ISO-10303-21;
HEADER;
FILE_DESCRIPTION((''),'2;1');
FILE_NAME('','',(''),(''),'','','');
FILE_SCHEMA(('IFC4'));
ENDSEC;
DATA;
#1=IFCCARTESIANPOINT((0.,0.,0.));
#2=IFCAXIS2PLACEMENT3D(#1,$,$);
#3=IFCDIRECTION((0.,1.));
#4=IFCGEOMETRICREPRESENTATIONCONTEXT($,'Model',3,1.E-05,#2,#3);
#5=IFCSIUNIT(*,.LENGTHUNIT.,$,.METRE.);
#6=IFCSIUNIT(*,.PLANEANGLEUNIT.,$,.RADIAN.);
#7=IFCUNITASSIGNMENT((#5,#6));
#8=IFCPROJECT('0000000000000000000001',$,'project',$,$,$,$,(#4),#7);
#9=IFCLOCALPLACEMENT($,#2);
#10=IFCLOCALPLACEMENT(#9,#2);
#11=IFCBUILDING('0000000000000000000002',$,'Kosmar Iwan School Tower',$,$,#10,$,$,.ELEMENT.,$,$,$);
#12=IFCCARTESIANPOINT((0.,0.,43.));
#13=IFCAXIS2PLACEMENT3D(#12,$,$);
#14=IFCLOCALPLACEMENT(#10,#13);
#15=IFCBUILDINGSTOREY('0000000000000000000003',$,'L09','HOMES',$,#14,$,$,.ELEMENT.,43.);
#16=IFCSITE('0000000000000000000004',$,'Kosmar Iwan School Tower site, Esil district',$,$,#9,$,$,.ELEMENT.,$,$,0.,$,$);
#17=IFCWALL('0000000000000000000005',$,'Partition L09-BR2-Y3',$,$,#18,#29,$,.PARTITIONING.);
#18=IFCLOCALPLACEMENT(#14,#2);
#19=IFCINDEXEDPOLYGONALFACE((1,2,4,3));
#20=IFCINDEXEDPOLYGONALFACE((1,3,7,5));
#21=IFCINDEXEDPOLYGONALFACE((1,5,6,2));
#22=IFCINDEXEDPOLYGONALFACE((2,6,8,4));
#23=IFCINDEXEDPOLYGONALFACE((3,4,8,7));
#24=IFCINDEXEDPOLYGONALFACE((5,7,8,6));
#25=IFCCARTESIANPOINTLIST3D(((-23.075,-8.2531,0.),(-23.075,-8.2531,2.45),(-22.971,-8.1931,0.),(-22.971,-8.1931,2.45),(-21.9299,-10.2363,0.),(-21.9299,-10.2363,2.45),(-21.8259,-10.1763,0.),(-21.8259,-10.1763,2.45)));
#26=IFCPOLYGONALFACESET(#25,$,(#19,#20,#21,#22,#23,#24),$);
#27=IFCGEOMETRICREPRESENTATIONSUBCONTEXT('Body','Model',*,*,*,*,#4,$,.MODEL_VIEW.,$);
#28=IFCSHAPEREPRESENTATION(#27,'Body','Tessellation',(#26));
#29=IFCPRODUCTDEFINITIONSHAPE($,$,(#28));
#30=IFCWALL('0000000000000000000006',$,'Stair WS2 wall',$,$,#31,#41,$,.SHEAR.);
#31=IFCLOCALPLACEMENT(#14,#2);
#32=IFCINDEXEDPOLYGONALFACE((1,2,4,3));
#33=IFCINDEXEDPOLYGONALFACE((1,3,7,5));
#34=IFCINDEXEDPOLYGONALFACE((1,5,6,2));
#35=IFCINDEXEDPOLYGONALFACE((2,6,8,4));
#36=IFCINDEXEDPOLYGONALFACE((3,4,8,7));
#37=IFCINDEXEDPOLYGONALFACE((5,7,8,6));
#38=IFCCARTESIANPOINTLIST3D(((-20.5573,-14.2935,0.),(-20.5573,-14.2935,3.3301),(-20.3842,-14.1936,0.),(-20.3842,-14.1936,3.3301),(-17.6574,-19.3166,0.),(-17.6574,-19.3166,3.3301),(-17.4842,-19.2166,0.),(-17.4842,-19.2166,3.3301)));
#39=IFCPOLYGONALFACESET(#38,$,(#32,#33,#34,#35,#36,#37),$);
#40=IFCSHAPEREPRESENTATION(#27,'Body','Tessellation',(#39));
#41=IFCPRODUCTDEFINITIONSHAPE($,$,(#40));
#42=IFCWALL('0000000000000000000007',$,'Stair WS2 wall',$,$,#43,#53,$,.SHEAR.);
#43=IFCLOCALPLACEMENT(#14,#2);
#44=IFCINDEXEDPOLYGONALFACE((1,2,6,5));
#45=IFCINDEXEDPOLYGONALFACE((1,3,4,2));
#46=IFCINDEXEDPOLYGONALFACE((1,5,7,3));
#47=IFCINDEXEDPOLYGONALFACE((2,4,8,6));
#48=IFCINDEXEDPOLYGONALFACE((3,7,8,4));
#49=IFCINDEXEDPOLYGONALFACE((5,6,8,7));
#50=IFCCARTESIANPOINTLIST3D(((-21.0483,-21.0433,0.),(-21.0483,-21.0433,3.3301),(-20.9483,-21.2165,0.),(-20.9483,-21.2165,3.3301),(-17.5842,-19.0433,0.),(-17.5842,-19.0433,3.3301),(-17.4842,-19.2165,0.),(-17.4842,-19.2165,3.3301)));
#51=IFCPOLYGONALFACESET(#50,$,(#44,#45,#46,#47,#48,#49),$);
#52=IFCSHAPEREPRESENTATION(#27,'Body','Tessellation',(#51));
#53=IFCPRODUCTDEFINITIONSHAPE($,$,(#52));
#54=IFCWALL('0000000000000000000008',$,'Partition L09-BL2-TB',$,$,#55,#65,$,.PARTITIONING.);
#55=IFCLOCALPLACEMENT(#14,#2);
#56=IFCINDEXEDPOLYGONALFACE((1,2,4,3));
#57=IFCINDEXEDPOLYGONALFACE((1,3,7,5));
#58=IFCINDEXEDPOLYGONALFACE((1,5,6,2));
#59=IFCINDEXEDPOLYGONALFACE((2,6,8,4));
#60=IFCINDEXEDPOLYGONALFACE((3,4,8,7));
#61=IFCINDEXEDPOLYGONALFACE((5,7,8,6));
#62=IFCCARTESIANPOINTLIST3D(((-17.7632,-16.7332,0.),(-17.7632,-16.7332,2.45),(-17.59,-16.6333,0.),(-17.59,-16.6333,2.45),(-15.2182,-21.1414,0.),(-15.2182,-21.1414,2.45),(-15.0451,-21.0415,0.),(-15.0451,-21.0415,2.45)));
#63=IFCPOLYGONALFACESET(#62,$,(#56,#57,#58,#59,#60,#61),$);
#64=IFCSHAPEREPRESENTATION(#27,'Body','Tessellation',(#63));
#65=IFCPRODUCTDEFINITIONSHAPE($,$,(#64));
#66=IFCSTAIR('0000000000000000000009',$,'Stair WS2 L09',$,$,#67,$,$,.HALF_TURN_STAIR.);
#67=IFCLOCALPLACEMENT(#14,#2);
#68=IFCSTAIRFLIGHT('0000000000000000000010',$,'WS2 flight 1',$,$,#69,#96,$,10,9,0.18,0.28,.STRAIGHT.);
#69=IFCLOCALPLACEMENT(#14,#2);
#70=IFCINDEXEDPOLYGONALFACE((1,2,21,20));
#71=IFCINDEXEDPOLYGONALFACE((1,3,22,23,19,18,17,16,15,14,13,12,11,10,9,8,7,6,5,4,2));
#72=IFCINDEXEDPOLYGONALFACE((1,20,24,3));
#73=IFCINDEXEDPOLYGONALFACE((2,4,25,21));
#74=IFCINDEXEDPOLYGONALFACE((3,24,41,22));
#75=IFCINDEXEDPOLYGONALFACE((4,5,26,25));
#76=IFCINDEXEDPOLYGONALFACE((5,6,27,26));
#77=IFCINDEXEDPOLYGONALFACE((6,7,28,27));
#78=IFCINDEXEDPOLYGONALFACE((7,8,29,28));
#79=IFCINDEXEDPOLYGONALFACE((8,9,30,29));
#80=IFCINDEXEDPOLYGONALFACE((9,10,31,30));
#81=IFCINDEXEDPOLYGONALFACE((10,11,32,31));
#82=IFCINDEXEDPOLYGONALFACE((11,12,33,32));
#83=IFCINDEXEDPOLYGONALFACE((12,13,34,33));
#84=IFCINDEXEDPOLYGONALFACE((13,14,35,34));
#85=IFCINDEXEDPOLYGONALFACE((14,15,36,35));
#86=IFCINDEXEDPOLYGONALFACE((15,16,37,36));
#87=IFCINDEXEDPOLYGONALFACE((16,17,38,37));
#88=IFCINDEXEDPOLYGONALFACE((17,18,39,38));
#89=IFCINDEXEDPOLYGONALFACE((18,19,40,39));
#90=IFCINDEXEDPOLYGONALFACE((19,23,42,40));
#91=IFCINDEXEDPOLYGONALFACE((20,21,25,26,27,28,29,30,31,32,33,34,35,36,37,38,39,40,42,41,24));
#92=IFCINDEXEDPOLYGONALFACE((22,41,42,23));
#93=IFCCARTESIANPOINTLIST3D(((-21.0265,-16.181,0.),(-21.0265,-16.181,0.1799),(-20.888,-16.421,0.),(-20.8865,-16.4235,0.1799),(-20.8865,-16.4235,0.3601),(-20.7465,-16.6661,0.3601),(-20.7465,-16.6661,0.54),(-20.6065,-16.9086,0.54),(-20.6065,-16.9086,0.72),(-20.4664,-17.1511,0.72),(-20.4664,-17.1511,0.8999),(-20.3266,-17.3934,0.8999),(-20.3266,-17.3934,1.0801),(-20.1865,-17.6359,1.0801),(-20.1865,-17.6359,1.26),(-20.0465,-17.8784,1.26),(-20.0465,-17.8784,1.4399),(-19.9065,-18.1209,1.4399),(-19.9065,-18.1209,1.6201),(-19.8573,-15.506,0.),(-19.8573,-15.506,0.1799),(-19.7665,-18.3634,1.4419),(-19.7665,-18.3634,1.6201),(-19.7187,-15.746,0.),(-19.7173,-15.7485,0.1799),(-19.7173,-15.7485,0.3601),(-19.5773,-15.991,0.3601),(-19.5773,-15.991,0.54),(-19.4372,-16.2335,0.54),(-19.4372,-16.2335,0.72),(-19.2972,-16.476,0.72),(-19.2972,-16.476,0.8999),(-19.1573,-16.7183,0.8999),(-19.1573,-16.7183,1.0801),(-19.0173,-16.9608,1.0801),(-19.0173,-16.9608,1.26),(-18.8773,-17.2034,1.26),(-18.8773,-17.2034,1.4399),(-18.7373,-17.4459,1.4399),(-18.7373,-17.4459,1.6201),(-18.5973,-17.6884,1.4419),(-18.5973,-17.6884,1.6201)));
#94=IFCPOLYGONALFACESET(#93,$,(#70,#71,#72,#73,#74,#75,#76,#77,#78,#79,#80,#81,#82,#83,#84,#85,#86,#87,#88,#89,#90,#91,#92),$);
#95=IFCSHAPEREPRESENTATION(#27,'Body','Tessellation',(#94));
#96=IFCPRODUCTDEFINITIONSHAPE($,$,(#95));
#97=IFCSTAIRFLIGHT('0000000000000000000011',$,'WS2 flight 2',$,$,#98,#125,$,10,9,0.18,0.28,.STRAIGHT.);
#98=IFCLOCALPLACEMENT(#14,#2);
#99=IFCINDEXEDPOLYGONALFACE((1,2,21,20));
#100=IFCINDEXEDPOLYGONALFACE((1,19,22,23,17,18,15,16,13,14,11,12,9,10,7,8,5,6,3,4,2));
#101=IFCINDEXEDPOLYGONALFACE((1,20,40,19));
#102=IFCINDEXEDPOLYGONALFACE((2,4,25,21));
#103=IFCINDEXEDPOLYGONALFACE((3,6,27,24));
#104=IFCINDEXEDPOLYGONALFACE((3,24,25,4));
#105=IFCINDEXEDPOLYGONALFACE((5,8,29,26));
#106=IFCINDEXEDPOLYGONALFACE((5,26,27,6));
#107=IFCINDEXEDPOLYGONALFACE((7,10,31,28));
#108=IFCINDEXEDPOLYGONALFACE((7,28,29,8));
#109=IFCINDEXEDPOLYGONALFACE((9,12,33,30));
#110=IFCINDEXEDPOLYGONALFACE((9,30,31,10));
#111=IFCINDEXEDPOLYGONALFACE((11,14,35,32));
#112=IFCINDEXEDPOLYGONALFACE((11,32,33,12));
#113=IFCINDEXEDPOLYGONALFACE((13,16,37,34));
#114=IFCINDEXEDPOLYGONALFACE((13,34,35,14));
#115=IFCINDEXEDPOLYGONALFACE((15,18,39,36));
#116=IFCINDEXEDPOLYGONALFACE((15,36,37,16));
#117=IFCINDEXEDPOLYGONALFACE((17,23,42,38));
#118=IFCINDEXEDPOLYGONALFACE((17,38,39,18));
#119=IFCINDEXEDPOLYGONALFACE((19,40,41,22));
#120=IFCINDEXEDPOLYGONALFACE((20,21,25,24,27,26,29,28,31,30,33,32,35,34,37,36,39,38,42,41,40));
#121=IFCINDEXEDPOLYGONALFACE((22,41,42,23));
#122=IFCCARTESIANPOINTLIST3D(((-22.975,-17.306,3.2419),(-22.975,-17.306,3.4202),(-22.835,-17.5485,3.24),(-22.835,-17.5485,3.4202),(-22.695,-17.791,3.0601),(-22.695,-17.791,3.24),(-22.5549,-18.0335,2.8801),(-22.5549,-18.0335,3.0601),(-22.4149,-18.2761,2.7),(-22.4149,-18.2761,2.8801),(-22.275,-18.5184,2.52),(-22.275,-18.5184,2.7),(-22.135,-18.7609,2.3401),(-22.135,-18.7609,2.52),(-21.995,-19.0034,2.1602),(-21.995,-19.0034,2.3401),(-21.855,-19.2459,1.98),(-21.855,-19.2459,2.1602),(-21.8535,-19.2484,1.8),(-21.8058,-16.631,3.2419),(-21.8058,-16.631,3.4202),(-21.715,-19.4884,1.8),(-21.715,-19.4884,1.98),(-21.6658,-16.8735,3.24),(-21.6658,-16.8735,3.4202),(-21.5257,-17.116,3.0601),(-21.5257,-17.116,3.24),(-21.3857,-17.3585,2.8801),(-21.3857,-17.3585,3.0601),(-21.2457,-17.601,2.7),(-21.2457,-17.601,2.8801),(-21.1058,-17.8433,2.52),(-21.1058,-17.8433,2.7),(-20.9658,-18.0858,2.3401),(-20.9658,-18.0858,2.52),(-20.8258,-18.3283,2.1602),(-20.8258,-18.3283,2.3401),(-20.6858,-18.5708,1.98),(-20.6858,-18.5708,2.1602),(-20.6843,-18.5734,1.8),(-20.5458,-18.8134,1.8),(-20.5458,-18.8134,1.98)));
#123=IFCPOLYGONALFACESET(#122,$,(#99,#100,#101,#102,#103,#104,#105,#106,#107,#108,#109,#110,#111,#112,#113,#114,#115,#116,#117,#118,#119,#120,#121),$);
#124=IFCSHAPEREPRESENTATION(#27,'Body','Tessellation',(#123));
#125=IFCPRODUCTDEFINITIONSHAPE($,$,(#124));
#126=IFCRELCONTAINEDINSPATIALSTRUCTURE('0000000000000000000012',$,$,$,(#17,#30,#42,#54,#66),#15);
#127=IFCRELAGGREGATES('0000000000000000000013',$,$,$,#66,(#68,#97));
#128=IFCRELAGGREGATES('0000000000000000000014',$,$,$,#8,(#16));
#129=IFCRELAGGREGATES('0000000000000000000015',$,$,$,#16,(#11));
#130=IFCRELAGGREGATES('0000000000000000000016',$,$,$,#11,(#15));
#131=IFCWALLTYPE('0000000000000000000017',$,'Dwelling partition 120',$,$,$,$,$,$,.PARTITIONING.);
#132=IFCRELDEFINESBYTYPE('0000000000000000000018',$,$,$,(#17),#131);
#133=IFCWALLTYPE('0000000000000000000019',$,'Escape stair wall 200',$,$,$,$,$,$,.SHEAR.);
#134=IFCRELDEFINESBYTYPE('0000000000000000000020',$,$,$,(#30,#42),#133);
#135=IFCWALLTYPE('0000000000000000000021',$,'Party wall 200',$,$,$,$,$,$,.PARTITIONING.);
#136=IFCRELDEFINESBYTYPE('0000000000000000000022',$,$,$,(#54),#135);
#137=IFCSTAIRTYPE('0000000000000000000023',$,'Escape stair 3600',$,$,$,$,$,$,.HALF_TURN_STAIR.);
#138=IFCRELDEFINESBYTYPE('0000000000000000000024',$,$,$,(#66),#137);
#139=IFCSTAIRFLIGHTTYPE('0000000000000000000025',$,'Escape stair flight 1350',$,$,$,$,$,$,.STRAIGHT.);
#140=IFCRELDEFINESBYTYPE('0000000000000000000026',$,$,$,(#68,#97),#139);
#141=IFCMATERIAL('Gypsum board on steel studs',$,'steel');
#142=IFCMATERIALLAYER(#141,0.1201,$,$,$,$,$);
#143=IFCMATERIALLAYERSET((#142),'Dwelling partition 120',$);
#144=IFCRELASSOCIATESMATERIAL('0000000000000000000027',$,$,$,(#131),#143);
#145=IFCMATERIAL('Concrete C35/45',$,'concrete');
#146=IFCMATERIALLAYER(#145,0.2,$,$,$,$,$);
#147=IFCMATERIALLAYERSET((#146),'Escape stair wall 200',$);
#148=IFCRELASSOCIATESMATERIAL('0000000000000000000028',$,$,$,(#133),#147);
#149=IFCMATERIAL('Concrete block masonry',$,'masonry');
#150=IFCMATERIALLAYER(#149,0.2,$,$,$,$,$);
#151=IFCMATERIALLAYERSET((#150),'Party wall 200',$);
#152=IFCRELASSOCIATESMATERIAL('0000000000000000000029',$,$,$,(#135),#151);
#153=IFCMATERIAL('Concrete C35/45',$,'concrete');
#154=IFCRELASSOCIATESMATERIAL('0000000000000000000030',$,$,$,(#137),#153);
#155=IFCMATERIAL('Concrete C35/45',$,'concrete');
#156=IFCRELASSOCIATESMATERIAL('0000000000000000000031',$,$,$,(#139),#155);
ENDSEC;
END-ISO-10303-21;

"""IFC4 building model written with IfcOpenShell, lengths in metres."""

from ifc_helpers import new_model, si_unit, direction, frame, frame_2d, origin, place, context, subcontext, project, spatial, polyline, rectangle, outline, extrude, material, layer, layer_set, type_object, element, aggregate, save


model = new_model("IFC4")

# Units and contexts
model_context = context("Model", 3, precision=1e-05, world=origin(), true_north=direction((0.0, 1.0)))
body_context = subcontext(model_context, "Body", "Model", "MODEL_VIEW")
ifc_project = project(units=[si_unit("LENGTHUNIT", "METRE"), si_unit("PLANEANGLEUNIT", "RADIAN")], contexts=[model_context])

# Site, building, storey
site_placement = place(None, origin())
site = spatial("IfcSite", under=ifc_project, at=site_placement, Name="Kosmar Iwan School Tower site, Esil district", CompositionType="ELEMENT", RefElevation=0.0)
building_placement = place(site_placement, origin())
building = spatial("IfcBuilding", under=site, at=building_placement, Name="Kosmar Iwan School Tower", CompositionType="ELEMENT")
storey_placement = place(building_placement, frame((0.0, 0.0, 43.0)))
storey = spatial("IfcBuildingStorey", under=building, at=storey_placement, Name="L09", Description="HOMES", CompositionType="ELEMENT", Elevation=43.0)

# Shared definitions
ifc_material_1 = material(Name="Gypsum board on steel studs", Category="steel")
ifc_layer_1 = layer(ifc_material_1, 0.1201)
ifc_layer_set_1 = layer_set([ifc_layer_1], Name="Dwelling partition 120")
wall_type_1 = type_object("IfcWallType", Name="Dwelling partition 120", PredefinedType="PARTITIONING", material=ifc_layer_set_1)

# Walls
wall_1_placement = place(storey_placement, frame((-21.8779, -10.2063, 0.0), z_axis=(0.0, 0.0, 1.0), x_axis=(-0.500015, 0.866017, 0.0)))
element("IfcWall", 1, at=wall_1_placement, inside=storey, type_object=wall_type_1, Name="Partition L09-BR2-Y3", PredefinedType="PARTITIONING", context=body_context, shape_type="SweptSolid", body=[
    extrude(rectangle(XDim=2.29, YDim=0.1201, at=frame_2d((1.145, 0.0))), origin(), (0.0, 0.0, 1.0), 2.45),
])
ifc_material_2 = material(Name="Concrete C35/45", Category="concrete")
ifc_layer_2 = layer(ifc_material_2, 0.2)
ifc_layer_set_2 = layer_set([ifc_layer_2], Name="Escape stair wall 200")
wall_type_2 = type_object("IfcWallType", Name="Escape stair wall 200", PredefinedType="SHEAR", material=ifc_layer_set_2)
wall_2_placement = place(storey_placement, frame((-20.4707, -14.2437, 0.0), z_axis=(0.0, 0.0, 1.0), x_axis=(0.499987, -0.866033, 0.0)))
element("IfcWall", 2, at=wall_2_placement, inside=storey, type_object=wall_type_2, Name="Stair WS2 wall", PredefinedType="SHEAR", context=body_context, shape_type="SweptSolid", body=[
    extrude(rectangle(XDim=5.8, YDim=0.2, at=frame_2d((2.8999, 0.0))), origin(), (0.0, 0.0, 1.0), 3.3301),
])
wall_3_placement = place(storey_placement, frame((-17.5342, -19.1299, 0.0), z_axis=(0.0, 0.0, 1.0), x_axis=(-0.866026, -0.499999, 0.0)))
element("IfcWall", 3, at=wall_3_placement, inside=storey, type_object=wall_type_2, Name="Stair WS2 wall", PredefinedType="SHEAR", context=body_context, shape_type="SweptSolid", body=[
    extrude(rectangle(XDim=4.0, YDim=0.2, at=frame_2d((2.0, 0.0))), origin(), (0.0, 0.0, 1.0), 3.3301),
])
ifc_material_3 = material(Name="Concrete block masonry", Category="masonry")
ifc_layer_3 = layer(ifc_material_3, 0.2)
ifc_layer_set_3 = layer_set([ifc_layer_3], Name="Party wall 200")
wall_type_3 = type_object("IfcWallType", Name="Party wall 200", PredefinedType="PARTITIONING", material=ifc_layer_set_3)
wall_4_placement = place(storey_placement, frame((-17.6765, -16.6833, 0.0), z_axis=(0.0, 0.0, 1.0), x_axis=(0.499977, -0.866039, 0.0)))
element("IfcWall", 4, at=wall_4_placement, inside=storey, type_object=wall_type_3, Name="Partition L09-BL2-TB", PredefinedType="PARTITIONING", context=body_context, shape_type="SweptSolid", body=[
    extrude(rectangle(XDim=5.0901, YDim=0.2, at=frame_2d((2.5449, 0.0))), origin(), (0.0, 0.0, 1.0), 2.45),
])

# Stair, stair flights
ifc_material_4 = material(Name="Concrete C35/45", Category="concrete")
stair_type = type_object("IfcStairType", Name="Escape stair 3600", PredefinedType="HALF_TURN_STAIR", material=ifc_material_4)
stair_placement = place(storey_placement, origin())
stair = element("IfcStair", 5, at=stair_placement, inside=storey, type_object=stair_type, Name="Stair WS2 L09", PredefinedType="HALF_TURN_STAIR")
ifc_material_5 = material(Name="Concrete C35/45", Category="concrete")
stair_flight_type = type_object("IfcStairFlightType", Name="Escape stair flight 1350", PredefinedType="STRAIGHT", material=ifc_material_5)
stair_flight_1_placement = place(storey_placement, frame((-20.4419, -15.8435, 0.0), z_axis=(0.0, 0.0, 1.0), x_axis=(0.5, -0.866025, 0.0)))
stair_flight_1 = element("IfcStairFlight", 6, at=stair_flight_1_placement, type_object=stair_flight_type, Name="WS2 flight 1", NumberOfRisers=10, NumberOfTreads=9, PredefinedType="STRAIGHT", RiserHeight=0.18, TreadLength=0.28, context=body_context, shape_type="SweptSolid", body=[
    extrude(outline(polyline([(0.0, 0.0), (0.0, 0.1799), (0.28, 0.1799), (0.28, 0.3601), (0.5601, 0.3601), (0.5601, 0.54), (0.8401, 0.54), (0.8401, 0.72), (1.1201, 0.72), (1.1201, 0.8999), (1.3999, 0.8999), (1.3999, 1.0801), (1.6799, 1.0801), (1.6799, 1.26), (1.96, 1.26), (1.96, 1.4399), (2.24, 1.4399), (2.24, 1.6201), (2.52, 1.6201), (2.52, 1.8), (2.52, 1.4419), (0.2771, 0.0), (0.0, 0.0)])), frame((0.0, 0.675, 0.0), z_axis=(0.0, -1.0, 0.0), x_axis=(1.0, 0.0, 0.0)), (0.0, 0.0, 1.0), 1.3501),
])
stair_flight_2_placement = place(storey_placement, frame((-21.1304, -19.1509, 1.8), z_axis=(0.0, 0.0, 1.0), x_axis=(-0.5, 0.866025, 0.0)))
stair_flight_2 = element("IfcStairFlight", 7, at=stair_flight_2_placement, type_object=stair_flight_type, Name="WS2 flight 2", NumberOfRisers=10, NumberOfTreads=9, PredefinedType="STRAIGHT", RiserHeight=0.18, TreadLength=0.28, context=body_context, shape_type="SweptSolid", body=[
    extrude(outline(polyline([(0.0, 0.0), (0.0, 0.1799), (0.28, 0.1799), (0.28, 0.3601), (0.5601, 0.3601), (0.5601, 0.54), (0.8401, 0.54), (0.8401, 0.72), (1.1201, 0.72), (1.1201, 0.8999), (1.3999, 0.8999), (1.3999, 1.0801), (1.6799, 1.0801), (1.6799, 1.26), (1.96, 1.26), (1.96, 1.4399), (2.24, 1.4399), (2.24, 1.6201), (2.52, 1.6201), (2.52, 1.8), (2.52, 1.4419), (0.2771, 0.0), (0.0, 0.0)])), frame((0.0, 0.675, 0.0), z_axis=(0.0, -1.0, 0.0), x_axis=(1.0, 0.0, 0.0)), (0.0, 0.0, 1.0), 1.3501),
])
aggregate(stair, [stair_flight_1, stair_flight_2])

save(model, "model.ifc")
